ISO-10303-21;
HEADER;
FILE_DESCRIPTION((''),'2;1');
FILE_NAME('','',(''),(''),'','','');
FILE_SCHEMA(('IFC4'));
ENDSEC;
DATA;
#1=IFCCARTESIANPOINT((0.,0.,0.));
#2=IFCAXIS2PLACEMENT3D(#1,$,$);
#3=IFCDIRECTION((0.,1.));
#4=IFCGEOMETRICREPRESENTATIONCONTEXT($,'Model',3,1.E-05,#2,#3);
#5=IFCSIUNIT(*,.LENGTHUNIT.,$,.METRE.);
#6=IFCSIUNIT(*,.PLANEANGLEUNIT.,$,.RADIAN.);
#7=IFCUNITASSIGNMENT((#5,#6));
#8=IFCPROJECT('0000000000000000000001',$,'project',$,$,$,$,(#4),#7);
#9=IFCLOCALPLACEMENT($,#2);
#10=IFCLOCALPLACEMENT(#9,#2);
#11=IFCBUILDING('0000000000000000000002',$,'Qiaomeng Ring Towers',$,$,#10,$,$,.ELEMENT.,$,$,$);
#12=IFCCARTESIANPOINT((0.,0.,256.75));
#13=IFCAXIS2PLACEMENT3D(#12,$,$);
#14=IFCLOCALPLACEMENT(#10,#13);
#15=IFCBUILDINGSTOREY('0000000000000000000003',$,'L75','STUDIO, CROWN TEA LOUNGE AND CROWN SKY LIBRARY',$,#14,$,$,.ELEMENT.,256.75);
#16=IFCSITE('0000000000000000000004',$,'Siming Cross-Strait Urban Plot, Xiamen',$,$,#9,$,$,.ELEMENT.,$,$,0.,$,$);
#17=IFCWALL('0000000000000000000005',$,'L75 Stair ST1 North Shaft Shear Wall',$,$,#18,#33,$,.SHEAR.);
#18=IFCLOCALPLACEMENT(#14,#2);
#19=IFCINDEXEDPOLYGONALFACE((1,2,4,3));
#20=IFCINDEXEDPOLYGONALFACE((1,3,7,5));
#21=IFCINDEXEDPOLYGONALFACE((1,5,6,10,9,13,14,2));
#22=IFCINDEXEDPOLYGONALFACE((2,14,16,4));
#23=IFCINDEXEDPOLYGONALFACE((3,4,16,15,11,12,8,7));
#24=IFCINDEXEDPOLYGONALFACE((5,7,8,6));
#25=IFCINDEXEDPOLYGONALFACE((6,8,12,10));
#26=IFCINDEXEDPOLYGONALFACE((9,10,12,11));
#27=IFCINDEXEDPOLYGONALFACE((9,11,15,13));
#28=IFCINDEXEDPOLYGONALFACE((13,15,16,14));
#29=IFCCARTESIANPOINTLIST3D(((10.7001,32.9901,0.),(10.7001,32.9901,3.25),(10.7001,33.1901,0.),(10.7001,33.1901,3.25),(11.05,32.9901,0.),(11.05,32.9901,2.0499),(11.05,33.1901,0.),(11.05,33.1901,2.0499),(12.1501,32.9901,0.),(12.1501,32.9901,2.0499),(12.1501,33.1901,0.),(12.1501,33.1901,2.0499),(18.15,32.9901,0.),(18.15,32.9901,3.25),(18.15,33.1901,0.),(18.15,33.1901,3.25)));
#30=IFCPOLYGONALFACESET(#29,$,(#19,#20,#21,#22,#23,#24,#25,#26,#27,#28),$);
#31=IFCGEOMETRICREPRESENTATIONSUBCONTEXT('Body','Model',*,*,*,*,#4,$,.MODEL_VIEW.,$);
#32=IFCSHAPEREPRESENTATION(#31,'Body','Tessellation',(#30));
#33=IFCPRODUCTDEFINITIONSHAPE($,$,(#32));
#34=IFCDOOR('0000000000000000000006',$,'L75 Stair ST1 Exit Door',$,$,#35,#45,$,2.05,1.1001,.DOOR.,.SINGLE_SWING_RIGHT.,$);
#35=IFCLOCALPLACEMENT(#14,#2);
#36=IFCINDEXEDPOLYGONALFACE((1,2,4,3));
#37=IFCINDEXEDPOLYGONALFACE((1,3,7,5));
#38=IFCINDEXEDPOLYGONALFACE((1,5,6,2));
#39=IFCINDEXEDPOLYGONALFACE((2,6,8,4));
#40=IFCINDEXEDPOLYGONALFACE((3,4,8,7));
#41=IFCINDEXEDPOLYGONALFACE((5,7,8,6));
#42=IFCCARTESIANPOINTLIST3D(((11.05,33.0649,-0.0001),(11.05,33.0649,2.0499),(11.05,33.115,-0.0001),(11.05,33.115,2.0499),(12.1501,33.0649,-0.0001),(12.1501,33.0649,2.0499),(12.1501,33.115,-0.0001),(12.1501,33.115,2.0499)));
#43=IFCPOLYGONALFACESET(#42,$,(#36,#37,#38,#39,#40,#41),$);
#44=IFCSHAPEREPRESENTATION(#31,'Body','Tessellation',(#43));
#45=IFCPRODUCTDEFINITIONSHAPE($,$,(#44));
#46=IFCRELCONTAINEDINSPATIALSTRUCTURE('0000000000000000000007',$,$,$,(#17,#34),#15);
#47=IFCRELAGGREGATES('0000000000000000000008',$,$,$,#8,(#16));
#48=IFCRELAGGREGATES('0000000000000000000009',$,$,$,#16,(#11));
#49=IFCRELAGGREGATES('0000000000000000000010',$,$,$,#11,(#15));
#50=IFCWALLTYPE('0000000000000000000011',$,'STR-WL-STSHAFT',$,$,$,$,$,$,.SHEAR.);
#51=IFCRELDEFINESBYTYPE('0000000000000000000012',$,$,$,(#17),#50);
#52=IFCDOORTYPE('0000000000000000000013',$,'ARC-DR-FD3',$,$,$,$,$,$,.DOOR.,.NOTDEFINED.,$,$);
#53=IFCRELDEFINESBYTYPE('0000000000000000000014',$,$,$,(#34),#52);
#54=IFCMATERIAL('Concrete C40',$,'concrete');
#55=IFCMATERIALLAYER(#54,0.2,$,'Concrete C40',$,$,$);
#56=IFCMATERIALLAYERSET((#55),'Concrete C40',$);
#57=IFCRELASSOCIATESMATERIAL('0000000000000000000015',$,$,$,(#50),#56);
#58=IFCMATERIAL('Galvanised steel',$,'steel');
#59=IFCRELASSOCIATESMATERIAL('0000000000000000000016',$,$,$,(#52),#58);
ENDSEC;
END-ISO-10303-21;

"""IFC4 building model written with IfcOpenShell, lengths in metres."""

from ifc_helpers import new_model, si_unit, direction, frame, frame_2d, origin, place, context, subcontext, project, spatial, rectangle, extrude, source, transform, mapped, material, layer, layer_set, type_object, element, fill, save


model = new_model("IFC4")

# Units and contexts
model_context = context("Model", 3, precision=1e-05, world=origin(), true_north=direction((0.0, 1.0)))
body_context = subcontext(model_context, "Body", "Model", "MODEL_VIEW")
ifc_project = project(units=[si_unit("LENGTHUNIT", "METRE"), si_unit("PLANEANGLEUNIT", "RADIAN")], contexts=[model_context])

# Site, building, storey
site_placement = place(None, origin())
site = spatial("IfcSite", under=ifc_project, at=site_placement, Name="Siming Cross-Strait Urban Plot, Xiamen", CompositionType="ELEMENT", RefElevation=0.0)
building_placement = place(site_placement, origin())
building = spatial("IfcBuilding", under=site, at=building_placement, Name="Qiaomeng Ring Towers", CompositionType="ELEMENT")
storey_placement = place(building_placement, frame((0.0, 0.0, 256.75)))
storey = spatial("IfcBuildingStorey", under=building, at=storey_placement, Name="L75", Description="STUDIO, CROWN TEA LOUNGE AND CROWN SKY LIBRARY", CompositionType="ELEMENT", Elevation=256.75)

# Shared definitions
ifc_material_1 = material(Name="Concrete C40", Category="concrete")
ifc_layer_1 = layer(ifc_material_1, 0.2, Name="Concrete C40")
ifc_layer_set_1 = layer_set([ifc_layer_1], Name="Concrete C40")
wall_type_1 = type_object("IfcWallType", Name="STR-WL-STSHAFT", PredefinedType="SHEAR", material=ifc_layer_set_1)

# Wall, opening, door
wall_1_placement = place(storey_placement, frame((10.7, 33.0901, 0.0), z_axis=(0.0, 0.0, 1.0), x_axis=(1.0, 0.0, 0.0)))
wall_1 = element("IfcWall", 1, at=wall_1_placement, inside=storey, type_object=wall_type_1, Name="L75 Stair ST1 North Shaft Shear Wall", PredefinedType="SHEAR", context=body_context, shape_type="SweptSolid", body=[
    extrude(rectangle(XDim=7.45, YDim=0.2, at=frame_2d((3.7251, 0.0))), origin(), (0.0, 0.0, 1.0), 3.25),
])
opening_1_placement = place(wall_1_placement, frame((0.3501, 0.0, 0.0)))
opening_1 = element("IfcOpeningElement", 2, at=opening_1_placement, cuts=wall_1, PredefinedType="OPENING", context=body_context, shape_type="SweptSolid", body=[
    extrude(rectangle(XDim=1.1001, YDim=2.05, at=frame_2d((0.55, 1.0249))), frame((0.0, 0.1099, 0.0), z_axis=(0.0, -1.0, 0.0), x_axis=(1.0, 0.0, 0.0)), (0.0, 0.0, 1.0), 0.22),
])
ifc_material_2 = material(Name="Galvanised steel", Category="steel")
door_type_1 = type_object("IfcDoorType", Name="ARC-DR-FD3", OperationType="NOTDEFINED", PredefinedType="DOOR", material=ifc_material_2)
shared_shape_1 = source(origin(), body_context, "Body", "SweptSolid", [
    extrude(rectangle(XDim=1.1001, YDim=2.05, at=frame_2d((0.55, 1.0249))), frame((0.0, 0.0249, 0.0), z_axis=(0.0, -1.0, 0.0), x_axis=(1.0, 0.0, 0.0)), (0.0, 0.0, 1.0), 0.05),
])
door_1_placement = place(opening_1_placement, origin())
door_1 = element("IfcDoor", 3, at=door_1_placement, inside=storey, type_object=door_type_1, Name="L75 Stair ST1 Exit Door", OperationType="SINGLE_SWING_RIGHT", OverallHeight=2.05, OverallWidth=1.1001, PredefinedType="DOOR", context=body_context, shape_type="MappedRepresentation", body=[
    mapped(shared_shape_1, transform((0.0, 0.0, 0.0), x_axis=(1.0, 0.0, 0.0), y_axis=(0.0, 1.0, 0.0), z_axis=(0.0, 0.0, 1.0), scale=1.0)),
])
fill(opening_1, door_1)

save(model, "model.ifc")
